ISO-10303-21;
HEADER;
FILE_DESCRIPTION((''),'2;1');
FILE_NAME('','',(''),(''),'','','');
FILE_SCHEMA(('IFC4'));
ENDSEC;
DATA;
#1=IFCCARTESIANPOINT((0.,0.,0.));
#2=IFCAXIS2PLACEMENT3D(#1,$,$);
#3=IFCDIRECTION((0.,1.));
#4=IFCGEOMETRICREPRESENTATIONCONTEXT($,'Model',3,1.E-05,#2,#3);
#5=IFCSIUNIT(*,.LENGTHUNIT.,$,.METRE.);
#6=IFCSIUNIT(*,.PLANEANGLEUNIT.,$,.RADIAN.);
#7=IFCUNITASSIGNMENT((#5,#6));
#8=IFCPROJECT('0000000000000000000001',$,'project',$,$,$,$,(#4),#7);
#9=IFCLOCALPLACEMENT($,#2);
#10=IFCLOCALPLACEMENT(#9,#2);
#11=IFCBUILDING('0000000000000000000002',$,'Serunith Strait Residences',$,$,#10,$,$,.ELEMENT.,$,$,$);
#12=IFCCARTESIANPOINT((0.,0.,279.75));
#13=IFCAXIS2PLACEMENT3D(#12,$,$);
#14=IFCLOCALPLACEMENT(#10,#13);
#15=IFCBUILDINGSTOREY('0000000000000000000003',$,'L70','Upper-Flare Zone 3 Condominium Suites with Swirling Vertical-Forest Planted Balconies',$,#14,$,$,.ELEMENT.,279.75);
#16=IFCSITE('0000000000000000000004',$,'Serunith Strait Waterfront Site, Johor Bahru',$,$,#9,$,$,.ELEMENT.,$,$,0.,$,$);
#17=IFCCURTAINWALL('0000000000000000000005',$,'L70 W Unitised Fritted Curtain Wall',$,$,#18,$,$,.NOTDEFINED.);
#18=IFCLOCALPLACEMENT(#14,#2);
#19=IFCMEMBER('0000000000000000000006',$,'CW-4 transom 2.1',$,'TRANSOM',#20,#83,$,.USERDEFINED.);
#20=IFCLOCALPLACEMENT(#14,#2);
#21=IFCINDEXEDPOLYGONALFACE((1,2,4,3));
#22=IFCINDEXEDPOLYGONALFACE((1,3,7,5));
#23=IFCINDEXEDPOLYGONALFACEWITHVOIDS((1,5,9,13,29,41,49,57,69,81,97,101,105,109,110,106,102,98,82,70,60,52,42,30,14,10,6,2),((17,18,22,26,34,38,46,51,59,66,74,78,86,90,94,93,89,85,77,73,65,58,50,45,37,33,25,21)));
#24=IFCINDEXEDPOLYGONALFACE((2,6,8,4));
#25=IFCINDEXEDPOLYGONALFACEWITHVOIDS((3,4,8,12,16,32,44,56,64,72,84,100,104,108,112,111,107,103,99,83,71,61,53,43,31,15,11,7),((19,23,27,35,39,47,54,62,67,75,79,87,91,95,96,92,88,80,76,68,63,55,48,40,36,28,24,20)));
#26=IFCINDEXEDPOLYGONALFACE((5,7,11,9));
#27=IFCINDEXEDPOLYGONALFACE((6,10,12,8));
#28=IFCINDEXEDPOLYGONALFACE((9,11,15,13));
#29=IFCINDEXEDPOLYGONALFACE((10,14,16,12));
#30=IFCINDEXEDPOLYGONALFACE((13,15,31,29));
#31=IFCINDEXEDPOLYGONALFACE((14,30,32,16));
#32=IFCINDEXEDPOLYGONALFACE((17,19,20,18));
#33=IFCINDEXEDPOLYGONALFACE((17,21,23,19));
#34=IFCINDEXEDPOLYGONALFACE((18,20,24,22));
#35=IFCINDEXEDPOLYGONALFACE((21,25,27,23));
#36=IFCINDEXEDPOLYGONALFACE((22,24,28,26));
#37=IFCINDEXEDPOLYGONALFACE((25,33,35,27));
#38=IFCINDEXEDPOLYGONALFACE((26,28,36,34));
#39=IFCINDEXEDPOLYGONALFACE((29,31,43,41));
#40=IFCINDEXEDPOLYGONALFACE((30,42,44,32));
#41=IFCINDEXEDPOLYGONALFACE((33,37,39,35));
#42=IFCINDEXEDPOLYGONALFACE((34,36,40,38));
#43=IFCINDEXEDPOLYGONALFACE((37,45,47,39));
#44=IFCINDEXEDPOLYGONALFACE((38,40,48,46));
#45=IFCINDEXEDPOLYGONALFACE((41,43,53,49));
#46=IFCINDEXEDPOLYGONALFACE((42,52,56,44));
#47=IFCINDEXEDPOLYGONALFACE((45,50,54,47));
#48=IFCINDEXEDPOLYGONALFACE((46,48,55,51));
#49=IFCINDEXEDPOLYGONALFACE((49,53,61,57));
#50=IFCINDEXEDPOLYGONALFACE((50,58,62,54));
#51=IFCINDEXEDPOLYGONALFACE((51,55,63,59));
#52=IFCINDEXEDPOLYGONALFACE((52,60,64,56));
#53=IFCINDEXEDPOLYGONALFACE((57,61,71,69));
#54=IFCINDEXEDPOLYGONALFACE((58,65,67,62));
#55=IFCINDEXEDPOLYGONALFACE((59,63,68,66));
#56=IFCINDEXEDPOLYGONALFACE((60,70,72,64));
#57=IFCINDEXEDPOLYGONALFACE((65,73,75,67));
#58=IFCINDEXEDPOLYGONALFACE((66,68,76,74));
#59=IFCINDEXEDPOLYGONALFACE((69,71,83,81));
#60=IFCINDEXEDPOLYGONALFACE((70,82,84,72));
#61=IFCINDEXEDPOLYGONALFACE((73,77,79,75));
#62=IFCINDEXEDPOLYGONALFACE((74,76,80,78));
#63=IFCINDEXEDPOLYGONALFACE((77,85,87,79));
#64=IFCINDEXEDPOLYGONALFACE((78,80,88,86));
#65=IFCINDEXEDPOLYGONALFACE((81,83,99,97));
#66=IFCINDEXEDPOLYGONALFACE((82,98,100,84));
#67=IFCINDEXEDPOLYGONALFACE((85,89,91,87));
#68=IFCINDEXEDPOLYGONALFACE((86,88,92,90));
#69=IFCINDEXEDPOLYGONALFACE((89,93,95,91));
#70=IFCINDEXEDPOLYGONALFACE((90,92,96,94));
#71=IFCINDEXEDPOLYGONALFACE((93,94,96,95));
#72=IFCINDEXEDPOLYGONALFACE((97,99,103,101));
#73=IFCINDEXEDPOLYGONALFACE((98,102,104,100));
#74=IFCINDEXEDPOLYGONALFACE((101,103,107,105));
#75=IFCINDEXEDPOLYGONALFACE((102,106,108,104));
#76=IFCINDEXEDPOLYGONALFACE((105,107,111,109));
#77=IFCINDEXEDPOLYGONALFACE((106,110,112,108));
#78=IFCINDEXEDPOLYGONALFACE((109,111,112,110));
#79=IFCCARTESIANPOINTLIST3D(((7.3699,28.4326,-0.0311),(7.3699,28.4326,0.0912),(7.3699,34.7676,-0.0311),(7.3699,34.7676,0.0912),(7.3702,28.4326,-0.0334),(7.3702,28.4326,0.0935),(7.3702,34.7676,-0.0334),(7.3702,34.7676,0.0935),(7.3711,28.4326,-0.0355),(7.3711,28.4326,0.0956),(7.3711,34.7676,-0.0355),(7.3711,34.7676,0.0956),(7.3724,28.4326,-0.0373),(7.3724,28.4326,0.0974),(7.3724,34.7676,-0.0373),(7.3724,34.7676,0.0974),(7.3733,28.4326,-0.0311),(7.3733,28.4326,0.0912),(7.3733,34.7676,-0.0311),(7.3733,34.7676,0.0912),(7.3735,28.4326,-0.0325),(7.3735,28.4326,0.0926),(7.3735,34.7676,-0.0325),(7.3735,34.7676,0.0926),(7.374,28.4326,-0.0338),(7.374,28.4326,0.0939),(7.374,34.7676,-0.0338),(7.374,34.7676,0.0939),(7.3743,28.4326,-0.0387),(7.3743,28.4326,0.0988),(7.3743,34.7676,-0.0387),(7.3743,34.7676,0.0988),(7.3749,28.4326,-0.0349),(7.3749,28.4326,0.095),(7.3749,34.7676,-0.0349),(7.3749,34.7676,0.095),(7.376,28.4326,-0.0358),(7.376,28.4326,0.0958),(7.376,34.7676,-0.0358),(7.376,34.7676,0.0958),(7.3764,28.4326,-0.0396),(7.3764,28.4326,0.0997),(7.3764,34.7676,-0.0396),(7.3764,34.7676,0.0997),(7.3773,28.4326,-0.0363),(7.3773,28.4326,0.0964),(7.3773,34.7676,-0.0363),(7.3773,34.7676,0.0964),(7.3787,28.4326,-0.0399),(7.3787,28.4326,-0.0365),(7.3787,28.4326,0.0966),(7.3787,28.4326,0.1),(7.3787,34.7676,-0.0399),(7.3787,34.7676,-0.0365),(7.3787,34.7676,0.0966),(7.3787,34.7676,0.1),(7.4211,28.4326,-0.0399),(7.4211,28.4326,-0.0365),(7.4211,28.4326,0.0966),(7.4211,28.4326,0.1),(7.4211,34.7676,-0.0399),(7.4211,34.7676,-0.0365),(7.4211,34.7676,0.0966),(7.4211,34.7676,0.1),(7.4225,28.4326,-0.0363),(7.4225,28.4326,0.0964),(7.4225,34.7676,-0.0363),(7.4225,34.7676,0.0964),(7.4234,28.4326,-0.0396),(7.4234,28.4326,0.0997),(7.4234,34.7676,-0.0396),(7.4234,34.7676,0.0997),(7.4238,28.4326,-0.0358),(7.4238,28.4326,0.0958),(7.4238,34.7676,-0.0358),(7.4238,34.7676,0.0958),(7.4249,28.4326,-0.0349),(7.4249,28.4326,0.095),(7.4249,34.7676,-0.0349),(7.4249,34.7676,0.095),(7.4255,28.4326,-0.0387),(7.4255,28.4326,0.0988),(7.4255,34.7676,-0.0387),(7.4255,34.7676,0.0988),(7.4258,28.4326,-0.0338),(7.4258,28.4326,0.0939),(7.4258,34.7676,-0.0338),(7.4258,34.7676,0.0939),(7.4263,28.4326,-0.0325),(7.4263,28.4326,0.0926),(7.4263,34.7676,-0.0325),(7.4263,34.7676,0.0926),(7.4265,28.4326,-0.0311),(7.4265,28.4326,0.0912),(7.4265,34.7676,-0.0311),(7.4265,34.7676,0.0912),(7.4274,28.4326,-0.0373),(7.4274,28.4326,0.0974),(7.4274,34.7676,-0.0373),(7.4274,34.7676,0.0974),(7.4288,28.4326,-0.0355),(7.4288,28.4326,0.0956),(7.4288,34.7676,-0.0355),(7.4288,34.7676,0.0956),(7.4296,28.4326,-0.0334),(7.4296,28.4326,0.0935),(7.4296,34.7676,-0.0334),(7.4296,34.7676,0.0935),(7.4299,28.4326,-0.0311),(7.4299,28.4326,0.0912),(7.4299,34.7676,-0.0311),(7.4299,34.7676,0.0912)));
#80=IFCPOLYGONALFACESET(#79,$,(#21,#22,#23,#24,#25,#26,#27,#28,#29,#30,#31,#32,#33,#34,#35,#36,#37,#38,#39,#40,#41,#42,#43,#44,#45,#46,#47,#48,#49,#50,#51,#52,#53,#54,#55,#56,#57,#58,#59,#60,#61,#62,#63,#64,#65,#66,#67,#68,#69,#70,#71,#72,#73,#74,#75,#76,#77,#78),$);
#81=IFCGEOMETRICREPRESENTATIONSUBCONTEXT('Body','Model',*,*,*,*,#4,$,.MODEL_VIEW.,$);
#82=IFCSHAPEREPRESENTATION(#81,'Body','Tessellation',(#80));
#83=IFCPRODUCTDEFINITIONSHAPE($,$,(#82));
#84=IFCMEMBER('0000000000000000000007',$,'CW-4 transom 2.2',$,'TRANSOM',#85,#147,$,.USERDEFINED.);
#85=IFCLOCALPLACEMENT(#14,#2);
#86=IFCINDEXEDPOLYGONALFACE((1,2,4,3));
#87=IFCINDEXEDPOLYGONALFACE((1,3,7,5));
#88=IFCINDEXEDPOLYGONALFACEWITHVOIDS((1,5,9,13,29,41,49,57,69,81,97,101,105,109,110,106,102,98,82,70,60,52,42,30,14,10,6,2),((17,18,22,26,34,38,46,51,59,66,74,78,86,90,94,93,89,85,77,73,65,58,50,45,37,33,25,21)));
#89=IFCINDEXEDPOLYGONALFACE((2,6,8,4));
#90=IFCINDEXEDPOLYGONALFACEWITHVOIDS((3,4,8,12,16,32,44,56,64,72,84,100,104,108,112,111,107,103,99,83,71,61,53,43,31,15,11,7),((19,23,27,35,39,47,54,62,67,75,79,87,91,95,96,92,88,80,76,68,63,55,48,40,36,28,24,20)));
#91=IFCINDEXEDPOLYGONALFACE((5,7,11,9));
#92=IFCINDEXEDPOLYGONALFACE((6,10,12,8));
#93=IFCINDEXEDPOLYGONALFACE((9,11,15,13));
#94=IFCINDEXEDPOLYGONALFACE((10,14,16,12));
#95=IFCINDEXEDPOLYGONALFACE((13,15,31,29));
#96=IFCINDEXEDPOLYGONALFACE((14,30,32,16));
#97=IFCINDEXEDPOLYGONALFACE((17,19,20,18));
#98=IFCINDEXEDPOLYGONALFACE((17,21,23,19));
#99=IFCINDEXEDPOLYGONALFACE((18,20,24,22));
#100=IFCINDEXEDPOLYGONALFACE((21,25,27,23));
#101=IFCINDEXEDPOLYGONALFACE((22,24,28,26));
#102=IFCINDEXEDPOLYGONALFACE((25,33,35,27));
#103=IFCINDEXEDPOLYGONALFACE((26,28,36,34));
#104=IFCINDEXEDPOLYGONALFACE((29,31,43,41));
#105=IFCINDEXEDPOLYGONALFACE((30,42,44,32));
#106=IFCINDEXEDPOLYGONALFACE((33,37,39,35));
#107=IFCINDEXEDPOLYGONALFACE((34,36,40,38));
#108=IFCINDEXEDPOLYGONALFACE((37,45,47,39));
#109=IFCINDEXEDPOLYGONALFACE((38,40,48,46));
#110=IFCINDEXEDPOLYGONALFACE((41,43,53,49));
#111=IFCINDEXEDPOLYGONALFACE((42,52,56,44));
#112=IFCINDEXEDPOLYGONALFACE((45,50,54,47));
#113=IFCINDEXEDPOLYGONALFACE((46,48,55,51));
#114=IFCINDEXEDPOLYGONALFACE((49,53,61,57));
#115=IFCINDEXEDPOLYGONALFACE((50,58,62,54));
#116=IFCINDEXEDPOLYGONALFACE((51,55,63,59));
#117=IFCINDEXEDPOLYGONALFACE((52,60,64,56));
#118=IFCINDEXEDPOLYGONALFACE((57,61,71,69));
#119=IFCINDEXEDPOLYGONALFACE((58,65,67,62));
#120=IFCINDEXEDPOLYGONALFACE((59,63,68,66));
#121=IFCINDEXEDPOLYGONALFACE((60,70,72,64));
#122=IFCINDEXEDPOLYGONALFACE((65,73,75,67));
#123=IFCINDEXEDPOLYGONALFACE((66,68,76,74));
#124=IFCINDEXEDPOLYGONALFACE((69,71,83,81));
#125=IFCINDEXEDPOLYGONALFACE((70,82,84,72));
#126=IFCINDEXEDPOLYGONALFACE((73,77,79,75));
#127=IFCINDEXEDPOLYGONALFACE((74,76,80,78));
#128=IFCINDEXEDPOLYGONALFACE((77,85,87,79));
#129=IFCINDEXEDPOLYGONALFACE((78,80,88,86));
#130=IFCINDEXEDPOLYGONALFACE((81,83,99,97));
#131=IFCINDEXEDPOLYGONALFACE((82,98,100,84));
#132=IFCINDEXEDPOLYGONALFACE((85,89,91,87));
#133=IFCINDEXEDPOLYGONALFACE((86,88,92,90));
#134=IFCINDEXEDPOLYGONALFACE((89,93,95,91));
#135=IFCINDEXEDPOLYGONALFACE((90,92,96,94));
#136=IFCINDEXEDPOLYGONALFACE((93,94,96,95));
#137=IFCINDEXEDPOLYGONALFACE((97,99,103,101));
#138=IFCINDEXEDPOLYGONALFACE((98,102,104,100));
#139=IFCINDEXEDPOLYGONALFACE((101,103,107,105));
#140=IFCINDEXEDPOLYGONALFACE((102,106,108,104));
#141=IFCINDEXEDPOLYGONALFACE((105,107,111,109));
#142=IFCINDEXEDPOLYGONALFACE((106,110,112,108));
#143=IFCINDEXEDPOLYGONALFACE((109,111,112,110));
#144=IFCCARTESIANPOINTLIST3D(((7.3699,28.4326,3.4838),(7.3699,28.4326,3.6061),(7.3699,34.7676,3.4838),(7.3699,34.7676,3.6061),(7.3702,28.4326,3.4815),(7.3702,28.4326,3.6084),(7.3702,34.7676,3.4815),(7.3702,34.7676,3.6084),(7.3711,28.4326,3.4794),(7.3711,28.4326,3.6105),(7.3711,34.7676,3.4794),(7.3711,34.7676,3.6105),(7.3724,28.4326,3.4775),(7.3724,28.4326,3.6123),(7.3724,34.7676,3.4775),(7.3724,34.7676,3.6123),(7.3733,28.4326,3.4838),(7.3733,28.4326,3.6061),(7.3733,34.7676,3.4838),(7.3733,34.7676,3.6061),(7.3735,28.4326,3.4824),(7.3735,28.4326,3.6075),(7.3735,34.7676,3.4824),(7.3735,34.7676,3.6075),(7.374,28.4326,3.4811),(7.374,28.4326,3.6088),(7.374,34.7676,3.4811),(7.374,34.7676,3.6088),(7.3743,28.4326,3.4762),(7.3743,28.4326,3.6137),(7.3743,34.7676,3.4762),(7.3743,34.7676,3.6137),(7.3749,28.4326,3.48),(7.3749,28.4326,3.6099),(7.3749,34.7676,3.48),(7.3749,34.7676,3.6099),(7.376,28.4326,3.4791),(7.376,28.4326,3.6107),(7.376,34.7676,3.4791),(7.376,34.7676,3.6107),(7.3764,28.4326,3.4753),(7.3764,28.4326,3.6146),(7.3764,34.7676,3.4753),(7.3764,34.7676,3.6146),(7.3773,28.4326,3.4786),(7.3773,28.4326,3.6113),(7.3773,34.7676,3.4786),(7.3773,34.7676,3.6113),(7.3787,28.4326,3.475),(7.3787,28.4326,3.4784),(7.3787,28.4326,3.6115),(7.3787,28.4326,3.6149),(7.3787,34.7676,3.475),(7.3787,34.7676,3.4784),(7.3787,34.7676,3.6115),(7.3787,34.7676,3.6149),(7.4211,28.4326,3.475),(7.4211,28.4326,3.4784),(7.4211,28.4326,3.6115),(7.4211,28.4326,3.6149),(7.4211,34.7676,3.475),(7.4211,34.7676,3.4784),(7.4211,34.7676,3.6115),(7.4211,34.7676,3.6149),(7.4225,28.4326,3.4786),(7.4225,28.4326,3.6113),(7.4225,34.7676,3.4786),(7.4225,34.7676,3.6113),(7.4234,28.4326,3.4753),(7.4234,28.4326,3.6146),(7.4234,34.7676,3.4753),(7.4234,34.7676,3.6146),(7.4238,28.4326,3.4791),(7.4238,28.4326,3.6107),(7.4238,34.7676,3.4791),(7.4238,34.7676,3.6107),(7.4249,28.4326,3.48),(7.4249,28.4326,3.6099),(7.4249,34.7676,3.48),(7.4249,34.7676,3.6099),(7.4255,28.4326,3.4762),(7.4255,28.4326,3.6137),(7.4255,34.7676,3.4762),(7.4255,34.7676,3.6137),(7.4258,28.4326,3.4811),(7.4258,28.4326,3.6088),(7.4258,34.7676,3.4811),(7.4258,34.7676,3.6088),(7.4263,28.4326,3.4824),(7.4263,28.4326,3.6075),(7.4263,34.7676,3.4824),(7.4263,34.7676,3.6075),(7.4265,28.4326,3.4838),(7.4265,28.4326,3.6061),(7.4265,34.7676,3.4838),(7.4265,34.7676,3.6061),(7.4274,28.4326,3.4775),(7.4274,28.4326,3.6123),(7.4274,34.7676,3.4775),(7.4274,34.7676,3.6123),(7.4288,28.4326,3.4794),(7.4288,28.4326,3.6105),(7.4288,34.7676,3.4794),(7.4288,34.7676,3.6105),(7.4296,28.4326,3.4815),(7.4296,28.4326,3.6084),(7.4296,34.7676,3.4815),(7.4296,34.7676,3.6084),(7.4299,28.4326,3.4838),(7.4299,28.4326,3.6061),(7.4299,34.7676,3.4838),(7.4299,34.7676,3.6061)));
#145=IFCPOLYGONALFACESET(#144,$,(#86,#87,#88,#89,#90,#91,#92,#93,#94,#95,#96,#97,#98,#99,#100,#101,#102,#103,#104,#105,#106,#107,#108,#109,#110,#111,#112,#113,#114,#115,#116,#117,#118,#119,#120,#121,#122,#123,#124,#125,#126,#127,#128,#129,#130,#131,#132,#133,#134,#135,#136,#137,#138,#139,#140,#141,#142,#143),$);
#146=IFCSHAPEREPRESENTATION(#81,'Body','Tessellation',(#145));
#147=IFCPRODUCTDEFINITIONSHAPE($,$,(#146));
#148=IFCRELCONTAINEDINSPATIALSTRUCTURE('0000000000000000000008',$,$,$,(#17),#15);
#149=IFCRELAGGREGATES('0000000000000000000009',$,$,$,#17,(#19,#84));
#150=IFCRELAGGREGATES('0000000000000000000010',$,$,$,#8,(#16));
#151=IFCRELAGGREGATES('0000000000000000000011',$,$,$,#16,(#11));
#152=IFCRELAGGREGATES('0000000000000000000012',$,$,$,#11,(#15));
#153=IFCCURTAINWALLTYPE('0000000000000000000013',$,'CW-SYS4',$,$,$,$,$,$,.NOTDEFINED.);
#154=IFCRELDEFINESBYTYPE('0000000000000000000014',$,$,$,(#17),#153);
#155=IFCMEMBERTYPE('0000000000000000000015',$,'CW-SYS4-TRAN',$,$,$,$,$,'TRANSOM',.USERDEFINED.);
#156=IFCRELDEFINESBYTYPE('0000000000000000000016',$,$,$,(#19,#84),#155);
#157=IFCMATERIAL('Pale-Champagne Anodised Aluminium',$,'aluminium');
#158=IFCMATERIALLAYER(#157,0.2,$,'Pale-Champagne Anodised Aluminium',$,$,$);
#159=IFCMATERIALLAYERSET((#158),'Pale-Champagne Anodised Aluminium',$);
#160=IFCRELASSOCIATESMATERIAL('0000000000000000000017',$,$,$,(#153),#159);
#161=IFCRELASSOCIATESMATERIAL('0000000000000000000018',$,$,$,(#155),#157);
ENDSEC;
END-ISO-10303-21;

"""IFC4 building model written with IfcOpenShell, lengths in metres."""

from ifc_helpers import new_model, si_unit, direction, frame, origin, origin_2d, place, context, subcontext, project, spatial, hollow_rectangle, extrude, source, transform, mapped, material, layer, layer_set, material_profile, profile_set, type_object, element, aggregate, save


model = new_model("IFC4")

# Units and contexts
model_context = context("Model", 3, precision=1e-05, world=origin(), true_north=direction((0.0, 1.0)))
body_context = subcontext(model_context, "Body", "Model", "MODEL_VIEW")
ifc_project = project(units=[si_unit("LENGTHUNIT", "METRE"), si_unit("PLANEANGLEUNIT", "RADIAN")], contexts=[model_context])

# Site, building, storey
site_placement = place(None, origin())
site = spatial("IfcSite", under=ifc_project, at=site_placement, Name="Serunith Strait Waterfront Site, Johor Bahru", CompositionType="ELEMENT", RefElevation=0.0)
building_placement = place(site_placement, origin())
building = spatial("IfcBuilding", under=site, at=building_placement, Name="Serunith Strait Residences", CompositionType="ELEMENT")
storey_placement = place(building_placement, frame((0.0, 0.0, 279.75)))
storey = spatial("IfcBuildingStorey", under=building, at=storey_placement, Name="L70", Description="Upper-Flare Zone 3 Condominium Suites with Swirling Vertical-Forest Planted Balconies", CompositionType="ELEMENT", Elevation=279.75)

# Curtain wall, members
ifc_material_1 = material(Name="Pale-Champagne Anodised Aluminium", Category="aluminium")
ifc_layer_1 = layer(ifc_material_1, 0.2, Name="Pale-Champagne Anodised Aluminium")
ifc_layer_set_1 = layer_set([ifc_layer_1], Name="Pale-Champagne Anodised Aluminium")
curtain_wall_type = type_object("IfcCurtainWallType", Name="CW-SYS4", PredefinedType="NOTDEFINED", material=ifc_layer_set_1)
curtain_wall_placement = place(storey_placement, origin())
curtain_wall = element("IfcCurtainWall", 1, at=curtain_wall_placement, inside=storey, type_object=curtain_wall_type, Name="L70 W Unitised Fritted Curtain Wall", PredefinedType="NOTDEFINED")
ifc_material_profile_1 = material_profile(ifc_material_1, hollow_rectangle(XDim=0.0601, YDim=0.1399, WallThickness=0.0034, InnerFilletRadius=0.0054, OuterFilletRadius=0.0088, at=origin_2d()), Name="ALU 140x60x3.5")
ifc_profile_set_1 = profile_set([ifc_material_profile_1], Name="Pale-Champagne Anodised Aluminium")
member_type_1 = type_object("IfcMemberType", Name="CW-SYS4-TRAN", ElementType="TRANSOM", PredefinedType="USERDEFINED", material=ifc_profile_set_1)
shared_shape_1 = source(origin(), body_context, "Body", "SweptSolid", [
    extrude(hollow_rectangle(XDim=0.0601, YDim=0.1399, WallThickness=0.0034, InnerFilletRadius=0.0054, OuterFilletRadius=0.0088, at=origin_2d()), origin(), (0.0, 0.0, 1.0), 6.335),
])
member_1_placement = place(storey_placement, frame((7.3999, 34.7676, 0.03), z_axis=(0.0, -1.0, 0.0), x_axis=(1.0, 0.0, 0.0)))
member_1 = element("IfcMember", 2, at=member_1_placement, type_object=member_type_1, Name="CW-4 transom 2.1", ObjectType="TRANSOM", PredefinedType="USERDEFINED", context=body_context, shape_type="MappedRepresentation", body=[
    mapped(shared_shape_1, transform((0.0, 0.0, 0.0), scale=1.0)),
])
member_2_placement = place(storey_placement, frame((7.3999, 34.7676, 3.5449), z_axis=(0.0, -1.0, 0.0), x_axis=(1.0, 0.0, 0.0)))
member_2 = element("IfcMember", 3, at=member_2_placement, type_object=member_type_1, Name="CW-4 transom 2.2", ObjectType="TRANSOM", PredefinedType="USERDEFINED", context=body_context, shape_type="MappedRepresentation", body=[
    mapped(shared_shape_1, transform((0.0, 0.0, 0.0), scale=1.0)),
])
aggregate(curtain_wall, [member_1, member_2])

save(model, "model.ifc")
